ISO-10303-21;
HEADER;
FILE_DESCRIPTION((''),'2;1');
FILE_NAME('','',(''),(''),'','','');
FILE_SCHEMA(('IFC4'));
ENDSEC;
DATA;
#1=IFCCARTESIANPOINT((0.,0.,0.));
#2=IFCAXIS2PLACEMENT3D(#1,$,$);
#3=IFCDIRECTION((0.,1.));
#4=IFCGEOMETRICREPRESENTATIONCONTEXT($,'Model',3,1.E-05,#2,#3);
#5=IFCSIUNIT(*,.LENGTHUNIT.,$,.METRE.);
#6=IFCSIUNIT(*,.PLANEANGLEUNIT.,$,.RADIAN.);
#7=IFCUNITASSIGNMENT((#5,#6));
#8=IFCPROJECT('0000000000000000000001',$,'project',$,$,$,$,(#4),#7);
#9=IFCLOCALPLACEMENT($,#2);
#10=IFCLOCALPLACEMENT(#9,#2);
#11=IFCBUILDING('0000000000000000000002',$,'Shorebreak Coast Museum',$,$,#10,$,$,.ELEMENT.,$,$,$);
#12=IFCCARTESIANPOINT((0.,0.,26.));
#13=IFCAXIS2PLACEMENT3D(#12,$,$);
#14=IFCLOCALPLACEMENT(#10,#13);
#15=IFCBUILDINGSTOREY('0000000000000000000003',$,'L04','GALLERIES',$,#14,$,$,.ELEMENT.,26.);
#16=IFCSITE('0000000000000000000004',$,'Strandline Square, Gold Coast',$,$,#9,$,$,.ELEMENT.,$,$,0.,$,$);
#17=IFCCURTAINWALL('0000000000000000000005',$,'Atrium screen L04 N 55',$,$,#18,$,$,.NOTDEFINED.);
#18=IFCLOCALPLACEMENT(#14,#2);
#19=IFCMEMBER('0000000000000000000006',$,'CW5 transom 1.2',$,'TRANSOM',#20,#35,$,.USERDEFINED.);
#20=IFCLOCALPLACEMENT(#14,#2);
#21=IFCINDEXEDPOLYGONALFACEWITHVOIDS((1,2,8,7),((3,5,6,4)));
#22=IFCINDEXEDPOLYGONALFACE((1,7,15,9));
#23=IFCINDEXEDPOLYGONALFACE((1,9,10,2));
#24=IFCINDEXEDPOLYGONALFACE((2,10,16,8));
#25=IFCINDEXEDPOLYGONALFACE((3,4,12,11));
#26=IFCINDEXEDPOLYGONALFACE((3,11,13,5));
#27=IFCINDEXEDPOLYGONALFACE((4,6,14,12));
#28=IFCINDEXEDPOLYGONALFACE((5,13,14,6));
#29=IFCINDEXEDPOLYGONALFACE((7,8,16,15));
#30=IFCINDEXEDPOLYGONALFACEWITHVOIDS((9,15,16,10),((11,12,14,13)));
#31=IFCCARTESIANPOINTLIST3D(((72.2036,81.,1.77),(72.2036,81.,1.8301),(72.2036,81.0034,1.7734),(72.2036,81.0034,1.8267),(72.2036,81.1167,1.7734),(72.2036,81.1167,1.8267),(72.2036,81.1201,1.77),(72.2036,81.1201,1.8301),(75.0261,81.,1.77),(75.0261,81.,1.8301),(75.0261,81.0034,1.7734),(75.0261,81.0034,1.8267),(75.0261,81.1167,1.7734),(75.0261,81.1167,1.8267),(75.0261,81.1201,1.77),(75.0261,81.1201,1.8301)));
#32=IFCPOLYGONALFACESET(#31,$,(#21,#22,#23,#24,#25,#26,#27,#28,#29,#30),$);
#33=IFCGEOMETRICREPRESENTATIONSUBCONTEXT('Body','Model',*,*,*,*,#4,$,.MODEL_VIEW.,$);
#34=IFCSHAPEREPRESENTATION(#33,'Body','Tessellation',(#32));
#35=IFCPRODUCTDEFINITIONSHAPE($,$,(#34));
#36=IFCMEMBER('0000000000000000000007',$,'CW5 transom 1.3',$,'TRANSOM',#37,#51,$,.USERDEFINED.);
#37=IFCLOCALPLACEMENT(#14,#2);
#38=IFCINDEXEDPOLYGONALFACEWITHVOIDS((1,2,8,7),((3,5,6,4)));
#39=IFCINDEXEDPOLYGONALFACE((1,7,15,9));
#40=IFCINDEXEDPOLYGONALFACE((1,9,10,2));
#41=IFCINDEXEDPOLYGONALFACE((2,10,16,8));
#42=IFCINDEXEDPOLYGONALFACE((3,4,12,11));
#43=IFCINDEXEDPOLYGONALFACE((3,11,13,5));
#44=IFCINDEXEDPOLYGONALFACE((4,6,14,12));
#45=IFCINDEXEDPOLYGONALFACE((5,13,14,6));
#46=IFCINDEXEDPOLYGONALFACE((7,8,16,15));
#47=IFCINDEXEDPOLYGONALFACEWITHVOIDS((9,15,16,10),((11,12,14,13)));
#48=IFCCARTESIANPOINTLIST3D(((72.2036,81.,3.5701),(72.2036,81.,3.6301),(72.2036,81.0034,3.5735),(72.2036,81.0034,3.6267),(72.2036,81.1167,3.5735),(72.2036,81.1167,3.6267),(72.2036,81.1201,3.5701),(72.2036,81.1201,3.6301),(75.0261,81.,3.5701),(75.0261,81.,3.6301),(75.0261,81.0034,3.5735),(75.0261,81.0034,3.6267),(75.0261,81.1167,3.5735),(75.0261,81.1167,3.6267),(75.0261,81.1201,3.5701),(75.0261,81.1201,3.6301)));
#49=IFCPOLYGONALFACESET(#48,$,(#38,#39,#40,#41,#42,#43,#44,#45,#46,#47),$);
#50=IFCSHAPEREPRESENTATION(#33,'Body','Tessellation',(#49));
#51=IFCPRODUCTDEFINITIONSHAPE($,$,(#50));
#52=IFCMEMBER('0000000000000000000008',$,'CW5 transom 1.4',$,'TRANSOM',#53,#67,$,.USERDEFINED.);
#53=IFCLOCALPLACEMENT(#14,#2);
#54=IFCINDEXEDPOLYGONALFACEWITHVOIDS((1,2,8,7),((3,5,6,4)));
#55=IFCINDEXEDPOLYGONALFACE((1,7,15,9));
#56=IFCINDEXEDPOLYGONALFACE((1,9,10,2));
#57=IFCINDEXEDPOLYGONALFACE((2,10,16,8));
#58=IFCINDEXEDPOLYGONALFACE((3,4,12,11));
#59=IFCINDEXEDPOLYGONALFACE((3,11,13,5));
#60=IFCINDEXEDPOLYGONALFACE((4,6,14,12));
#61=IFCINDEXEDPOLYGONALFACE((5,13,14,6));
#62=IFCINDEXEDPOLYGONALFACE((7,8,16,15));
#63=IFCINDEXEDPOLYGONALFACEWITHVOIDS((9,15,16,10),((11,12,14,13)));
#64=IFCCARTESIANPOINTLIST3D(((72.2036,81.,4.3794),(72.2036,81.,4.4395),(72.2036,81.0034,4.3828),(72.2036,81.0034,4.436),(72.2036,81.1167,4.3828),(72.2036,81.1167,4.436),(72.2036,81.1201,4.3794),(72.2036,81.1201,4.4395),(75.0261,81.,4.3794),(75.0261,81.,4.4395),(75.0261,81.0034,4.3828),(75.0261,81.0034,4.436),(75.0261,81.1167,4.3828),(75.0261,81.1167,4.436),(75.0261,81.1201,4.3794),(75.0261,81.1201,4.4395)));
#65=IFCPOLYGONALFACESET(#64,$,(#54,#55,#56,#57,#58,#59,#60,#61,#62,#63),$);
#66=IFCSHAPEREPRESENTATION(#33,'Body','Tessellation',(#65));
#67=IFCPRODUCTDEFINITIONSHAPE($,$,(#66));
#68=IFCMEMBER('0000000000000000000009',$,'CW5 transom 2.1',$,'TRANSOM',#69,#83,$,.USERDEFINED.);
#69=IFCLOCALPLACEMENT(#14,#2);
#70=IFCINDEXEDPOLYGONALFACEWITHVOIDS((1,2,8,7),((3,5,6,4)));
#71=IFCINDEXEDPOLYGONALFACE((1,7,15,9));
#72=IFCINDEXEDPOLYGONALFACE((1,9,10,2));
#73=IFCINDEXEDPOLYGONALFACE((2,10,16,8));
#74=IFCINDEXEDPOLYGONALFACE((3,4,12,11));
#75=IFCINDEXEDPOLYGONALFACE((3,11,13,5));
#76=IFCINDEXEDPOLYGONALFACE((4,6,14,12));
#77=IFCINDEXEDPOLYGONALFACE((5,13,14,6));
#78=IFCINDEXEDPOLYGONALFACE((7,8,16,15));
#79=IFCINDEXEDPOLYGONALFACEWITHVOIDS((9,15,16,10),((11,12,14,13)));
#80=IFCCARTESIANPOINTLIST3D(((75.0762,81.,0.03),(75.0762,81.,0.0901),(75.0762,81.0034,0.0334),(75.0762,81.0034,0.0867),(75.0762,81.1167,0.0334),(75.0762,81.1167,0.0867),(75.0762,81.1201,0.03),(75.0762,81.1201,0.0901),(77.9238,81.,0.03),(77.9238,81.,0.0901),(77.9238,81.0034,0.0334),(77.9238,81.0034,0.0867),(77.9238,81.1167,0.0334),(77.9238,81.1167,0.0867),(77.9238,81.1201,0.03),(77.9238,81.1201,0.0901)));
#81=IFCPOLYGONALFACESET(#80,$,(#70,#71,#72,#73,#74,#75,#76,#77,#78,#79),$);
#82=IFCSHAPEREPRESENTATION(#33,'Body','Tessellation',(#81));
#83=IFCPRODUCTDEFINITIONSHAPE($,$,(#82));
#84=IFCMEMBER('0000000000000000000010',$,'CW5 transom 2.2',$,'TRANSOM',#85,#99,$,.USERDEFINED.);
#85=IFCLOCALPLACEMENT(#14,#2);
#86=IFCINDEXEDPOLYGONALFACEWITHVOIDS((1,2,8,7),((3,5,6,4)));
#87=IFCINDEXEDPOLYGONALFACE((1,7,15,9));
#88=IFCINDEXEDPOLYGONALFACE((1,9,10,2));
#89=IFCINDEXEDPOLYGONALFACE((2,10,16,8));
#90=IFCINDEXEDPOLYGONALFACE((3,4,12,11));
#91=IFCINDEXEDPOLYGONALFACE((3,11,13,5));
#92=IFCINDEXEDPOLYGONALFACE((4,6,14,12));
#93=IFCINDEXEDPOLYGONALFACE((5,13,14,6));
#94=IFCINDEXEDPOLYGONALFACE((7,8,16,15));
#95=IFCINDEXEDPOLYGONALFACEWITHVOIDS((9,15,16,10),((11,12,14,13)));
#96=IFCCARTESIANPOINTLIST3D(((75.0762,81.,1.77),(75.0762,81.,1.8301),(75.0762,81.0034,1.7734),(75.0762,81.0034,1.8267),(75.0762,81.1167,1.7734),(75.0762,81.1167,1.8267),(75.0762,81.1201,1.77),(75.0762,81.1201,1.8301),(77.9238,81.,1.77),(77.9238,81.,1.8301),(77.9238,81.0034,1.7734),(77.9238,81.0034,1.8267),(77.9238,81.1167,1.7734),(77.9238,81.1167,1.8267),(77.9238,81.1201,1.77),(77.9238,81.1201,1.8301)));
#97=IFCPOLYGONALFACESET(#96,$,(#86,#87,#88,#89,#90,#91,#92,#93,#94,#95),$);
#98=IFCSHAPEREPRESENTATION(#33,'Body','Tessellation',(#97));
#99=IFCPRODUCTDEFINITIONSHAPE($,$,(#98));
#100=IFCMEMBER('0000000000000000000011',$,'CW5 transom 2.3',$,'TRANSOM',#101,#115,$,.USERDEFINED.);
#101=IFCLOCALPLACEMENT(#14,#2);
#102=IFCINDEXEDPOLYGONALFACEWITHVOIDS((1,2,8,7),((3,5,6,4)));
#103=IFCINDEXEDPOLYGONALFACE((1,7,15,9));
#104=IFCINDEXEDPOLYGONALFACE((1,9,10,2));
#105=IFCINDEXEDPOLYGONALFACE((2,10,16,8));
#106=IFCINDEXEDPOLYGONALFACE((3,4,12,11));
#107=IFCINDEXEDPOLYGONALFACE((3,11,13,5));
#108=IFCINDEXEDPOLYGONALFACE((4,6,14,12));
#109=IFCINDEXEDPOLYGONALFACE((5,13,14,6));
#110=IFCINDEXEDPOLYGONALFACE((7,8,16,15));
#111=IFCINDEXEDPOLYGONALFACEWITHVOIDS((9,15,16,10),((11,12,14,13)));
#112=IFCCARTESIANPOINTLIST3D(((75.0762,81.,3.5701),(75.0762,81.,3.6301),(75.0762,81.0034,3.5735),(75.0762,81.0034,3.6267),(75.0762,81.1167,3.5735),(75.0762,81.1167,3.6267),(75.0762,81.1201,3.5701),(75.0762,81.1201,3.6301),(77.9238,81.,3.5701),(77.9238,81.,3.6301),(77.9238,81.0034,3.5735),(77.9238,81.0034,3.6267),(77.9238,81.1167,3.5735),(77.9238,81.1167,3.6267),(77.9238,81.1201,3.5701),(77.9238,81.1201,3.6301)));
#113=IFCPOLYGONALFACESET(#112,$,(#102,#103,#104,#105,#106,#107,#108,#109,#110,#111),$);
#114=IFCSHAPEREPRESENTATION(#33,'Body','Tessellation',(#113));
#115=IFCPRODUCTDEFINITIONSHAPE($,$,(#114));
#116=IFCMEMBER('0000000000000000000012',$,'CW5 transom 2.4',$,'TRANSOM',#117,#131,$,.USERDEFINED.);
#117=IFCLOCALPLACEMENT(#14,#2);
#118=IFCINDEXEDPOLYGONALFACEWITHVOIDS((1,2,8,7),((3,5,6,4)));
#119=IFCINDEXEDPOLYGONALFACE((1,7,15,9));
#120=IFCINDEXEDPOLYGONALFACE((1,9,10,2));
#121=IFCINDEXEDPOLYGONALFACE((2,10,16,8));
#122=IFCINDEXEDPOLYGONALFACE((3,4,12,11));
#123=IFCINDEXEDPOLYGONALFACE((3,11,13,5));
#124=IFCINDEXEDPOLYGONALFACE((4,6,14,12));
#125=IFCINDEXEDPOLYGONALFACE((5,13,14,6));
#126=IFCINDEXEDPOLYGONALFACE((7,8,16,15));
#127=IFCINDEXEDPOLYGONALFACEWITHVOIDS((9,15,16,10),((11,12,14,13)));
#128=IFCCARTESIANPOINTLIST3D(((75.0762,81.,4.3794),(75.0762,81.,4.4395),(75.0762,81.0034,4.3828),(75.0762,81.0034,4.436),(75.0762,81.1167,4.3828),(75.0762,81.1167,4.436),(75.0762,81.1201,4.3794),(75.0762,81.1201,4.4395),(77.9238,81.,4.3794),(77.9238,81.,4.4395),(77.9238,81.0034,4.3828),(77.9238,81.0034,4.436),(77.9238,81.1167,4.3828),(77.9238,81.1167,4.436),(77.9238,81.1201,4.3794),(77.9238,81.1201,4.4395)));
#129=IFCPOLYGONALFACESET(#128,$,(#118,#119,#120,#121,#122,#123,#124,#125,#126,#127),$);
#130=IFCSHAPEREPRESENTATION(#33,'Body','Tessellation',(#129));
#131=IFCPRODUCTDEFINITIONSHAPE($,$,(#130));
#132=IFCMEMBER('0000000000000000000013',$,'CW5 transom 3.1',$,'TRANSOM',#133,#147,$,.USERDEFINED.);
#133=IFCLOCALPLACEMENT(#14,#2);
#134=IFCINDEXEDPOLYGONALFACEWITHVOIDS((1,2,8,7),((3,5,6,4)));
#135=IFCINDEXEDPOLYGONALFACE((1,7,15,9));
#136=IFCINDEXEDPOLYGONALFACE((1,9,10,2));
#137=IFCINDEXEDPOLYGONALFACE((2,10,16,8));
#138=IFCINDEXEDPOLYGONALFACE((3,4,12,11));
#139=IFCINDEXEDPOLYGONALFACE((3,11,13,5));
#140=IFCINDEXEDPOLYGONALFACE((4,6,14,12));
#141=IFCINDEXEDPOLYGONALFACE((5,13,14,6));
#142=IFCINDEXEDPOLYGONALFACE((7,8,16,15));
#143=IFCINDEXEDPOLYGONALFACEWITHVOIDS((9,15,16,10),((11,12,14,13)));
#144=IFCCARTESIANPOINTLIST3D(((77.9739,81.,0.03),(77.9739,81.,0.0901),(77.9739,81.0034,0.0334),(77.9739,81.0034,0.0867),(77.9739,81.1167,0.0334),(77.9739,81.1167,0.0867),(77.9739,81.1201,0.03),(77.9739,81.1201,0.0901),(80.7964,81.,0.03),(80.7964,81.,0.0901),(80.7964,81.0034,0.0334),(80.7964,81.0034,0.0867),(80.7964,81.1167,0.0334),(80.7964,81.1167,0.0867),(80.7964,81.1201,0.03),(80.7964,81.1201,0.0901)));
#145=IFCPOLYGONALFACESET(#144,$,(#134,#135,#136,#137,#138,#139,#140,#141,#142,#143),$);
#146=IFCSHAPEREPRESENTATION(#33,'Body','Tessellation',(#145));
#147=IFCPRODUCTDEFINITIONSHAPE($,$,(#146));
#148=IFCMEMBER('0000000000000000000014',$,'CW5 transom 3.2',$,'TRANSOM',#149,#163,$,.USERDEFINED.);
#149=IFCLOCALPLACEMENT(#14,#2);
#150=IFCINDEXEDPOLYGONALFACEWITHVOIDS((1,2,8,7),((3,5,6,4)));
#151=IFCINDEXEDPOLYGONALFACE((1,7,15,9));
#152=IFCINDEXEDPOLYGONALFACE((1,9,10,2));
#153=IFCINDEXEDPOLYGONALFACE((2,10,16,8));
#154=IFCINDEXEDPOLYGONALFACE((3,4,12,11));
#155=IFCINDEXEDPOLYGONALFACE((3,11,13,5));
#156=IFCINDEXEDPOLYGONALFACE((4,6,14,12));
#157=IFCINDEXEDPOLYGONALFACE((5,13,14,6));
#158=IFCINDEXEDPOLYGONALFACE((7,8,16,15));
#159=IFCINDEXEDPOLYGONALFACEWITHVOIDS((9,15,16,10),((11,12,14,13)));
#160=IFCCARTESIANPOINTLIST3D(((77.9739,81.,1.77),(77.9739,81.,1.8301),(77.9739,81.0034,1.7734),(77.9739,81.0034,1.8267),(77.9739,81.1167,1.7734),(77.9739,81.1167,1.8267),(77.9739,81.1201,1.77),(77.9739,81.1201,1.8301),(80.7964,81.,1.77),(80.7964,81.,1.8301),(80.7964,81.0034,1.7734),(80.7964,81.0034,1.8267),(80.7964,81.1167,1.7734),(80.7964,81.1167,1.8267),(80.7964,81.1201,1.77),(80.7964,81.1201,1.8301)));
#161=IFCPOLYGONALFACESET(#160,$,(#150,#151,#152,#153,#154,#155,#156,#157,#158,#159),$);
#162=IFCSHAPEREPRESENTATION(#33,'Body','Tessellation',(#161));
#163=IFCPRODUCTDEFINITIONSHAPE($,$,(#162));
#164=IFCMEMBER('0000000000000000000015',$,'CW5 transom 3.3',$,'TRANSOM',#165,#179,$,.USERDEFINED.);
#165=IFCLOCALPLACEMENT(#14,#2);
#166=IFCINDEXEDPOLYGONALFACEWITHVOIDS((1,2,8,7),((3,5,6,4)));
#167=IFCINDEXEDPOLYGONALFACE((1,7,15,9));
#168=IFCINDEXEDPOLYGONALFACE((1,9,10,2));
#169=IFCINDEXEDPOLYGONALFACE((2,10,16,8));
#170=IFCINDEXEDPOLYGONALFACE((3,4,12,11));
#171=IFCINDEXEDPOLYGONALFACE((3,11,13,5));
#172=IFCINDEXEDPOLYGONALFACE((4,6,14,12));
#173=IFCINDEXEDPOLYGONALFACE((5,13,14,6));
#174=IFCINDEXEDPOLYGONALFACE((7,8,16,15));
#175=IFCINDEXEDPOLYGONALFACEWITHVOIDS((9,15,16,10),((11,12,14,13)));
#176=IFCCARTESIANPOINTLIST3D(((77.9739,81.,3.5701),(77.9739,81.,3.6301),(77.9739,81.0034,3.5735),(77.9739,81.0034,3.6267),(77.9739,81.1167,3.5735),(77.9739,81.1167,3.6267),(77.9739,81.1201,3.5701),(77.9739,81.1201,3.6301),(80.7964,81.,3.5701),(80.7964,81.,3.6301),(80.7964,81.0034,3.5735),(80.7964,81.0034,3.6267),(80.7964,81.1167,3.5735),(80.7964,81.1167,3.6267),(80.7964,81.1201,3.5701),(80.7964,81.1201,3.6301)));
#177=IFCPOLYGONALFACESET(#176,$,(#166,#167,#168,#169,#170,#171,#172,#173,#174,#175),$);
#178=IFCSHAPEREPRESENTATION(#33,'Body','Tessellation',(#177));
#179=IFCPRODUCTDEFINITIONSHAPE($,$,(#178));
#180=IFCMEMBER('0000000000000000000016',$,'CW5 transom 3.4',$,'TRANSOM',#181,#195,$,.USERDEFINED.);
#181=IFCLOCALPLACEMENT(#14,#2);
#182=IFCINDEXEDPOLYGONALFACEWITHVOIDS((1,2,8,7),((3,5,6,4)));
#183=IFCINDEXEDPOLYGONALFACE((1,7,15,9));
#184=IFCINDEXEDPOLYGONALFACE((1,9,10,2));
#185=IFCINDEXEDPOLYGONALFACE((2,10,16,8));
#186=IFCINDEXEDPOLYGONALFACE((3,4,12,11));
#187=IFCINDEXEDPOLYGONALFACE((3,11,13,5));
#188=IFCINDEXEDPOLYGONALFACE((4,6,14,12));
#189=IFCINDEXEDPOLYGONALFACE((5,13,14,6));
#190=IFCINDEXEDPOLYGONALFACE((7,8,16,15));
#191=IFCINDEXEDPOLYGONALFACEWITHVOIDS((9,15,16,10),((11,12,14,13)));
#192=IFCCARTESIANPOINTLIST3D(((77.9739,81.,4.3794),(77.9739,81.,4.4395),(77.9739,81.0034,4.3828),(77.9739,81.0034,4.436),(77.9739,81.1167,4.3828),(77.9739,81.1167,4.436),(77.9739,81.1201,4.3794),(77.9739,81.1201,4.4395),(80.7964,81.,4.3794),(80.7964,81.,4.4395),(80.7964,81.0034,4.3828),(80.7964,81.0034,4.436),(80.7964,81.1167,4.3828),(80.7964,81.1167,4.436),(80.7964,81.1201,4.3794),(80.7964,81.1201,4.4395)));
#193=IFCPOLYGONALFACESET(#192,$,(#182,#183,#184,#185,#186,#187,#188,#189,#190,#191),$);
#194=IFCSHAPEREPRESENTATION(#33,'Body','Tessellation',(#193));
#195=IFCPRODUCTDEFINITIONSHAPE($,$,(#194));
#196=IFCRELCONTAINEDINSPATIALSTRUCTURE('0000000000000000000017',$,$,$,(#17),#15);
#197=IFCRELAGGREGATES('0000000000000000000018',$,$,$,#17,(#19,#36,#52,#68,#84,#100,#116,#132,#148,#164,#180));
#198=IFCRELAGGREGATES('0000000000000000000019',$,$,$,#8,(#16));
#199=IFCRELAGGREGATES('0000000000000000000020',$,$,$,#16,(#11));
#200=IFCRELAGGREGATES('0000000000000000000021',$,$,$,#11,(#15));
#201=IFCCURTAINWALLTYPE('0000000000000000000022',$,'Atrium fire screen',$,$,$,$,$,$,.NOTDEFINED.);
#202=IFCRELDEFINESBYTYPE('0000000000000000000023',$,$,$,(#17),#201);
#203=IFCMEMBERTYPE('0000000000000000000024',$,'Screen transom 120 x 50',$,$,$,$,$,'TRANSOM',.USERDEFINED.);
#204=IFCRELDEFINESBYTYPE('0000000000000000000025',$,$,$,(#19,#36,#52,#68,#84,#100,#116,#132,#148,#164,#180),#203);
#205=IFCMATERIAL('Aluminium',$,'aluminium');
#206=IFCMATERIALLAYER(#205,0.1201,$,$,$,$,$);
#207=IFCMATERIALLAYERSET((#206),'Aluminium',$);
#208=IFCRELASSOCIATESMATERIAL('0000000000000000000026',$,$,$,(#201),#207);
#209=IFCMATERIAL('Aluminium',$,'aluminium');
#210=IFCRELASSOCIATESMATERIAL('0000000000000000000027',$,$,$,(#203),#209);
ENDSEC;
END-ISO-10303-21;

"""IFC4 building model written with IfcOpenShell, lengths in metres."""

from ifc_helpers import new_model, si_unit, direction, frame, origin, origin_2d, place, context, subcontext, project, spatial, hollow_rectangle, extrude, material, layer, layer_set, material_profile, profile_set, type_object, element, aggregate, save


model = new_model("IFC4")

# Units and contexts
model_context = context("Model", 3, precision=1e-05, world=origin(), true_north=direction((0.0, 1.0)))
body_context = subcontext(model_context, "Body", "Model", "MODEL_VIEW")
ifc_project = project(units=[si_unit("LENGTHUNIT", "METRE"), si_unit("PLANEANGLEUNIT", "RADIAN")], contexts=[model_context])

# Site, building, storey
site_placement = place(None, origin())
site = spatial("IfcSite", under=ifc_project, at=site_placement, Name="Strandline Square, Gold Coast", CompositionType="ELEMENT", RefElevation=0.0)
building_placement = place(site_placement, origin())
building = spatial("IfcBuilding", under=site, at=building_placement, Name="Shorebreak Coast Museum", CompositionType="ELEMENT")
storey_placement = place(building_placement, frame((0.0, 0.0, 26.0)))
storey = spatial("IfcBuildingStorey", under=building, at=storey_placement, Name="L04", Description="GALLERIES", CompositionType="ELEMENT", Elevation=26.0)

# Curtain wall, members
ifc_material_1 = material(Name="Aluminium", Category="aluminium")
ifc_layer_1 = layer(ifc_material_1, 0.1201)
ifc_layer_set_1 = layer_set([ifc_layer_1], Name="Aluminium")
curtain_wall_type = type_object("IfcCurtainWallType", Name="Atrium fire screen", PredefinedType="NOTDEFINED", material=ifc_layer_set_1)
curtain_wall_placement = place(storey_placement, origin())
curtain_wall = element("IfcCurtainWall", 1, at=curtain_wall_placement, inside=storey, type_object=curtain_wall_type, Name="Atrium screen L04 N 55", PredefinedType="NOTDEFINED")
ifc_material_2 = material(Name="Aluminium", Category="aluminium")
ifc_material_profile_1 = material_profile(ifc_material_2, hollow_rectangle(XDim=0.1201, YDim=0.0601, WallThickness=0.0034, at=origin_2d()), Name="AL 60x120 RHS")
ifc_profile_set_1 = profile_set([ifc_material_profile_1], Name="Aluminium")
member_type_1 = type_object("IfcMemberType", Name="Screen transom 120 x 50", ElementType="TRANSOM", PredefinedType="USERDEFINED", material=ifc_profile_set_1)
member_1_placement = place(storey_placement, frame((72.2036, 81.0601, 1.8), z_axis=(1.0, 0.0, 0.0), x_axis=(0.0, 1.0, 0.0)))
member_1 = element("IfcMember", 2, at=member_1_placement, type_object=member_type_1, Name="CW5 transom 1.2", ObjectType="TRANSOM", PredefinedType="USERDEFINED", context=body_context, shape_type="SweptSolid", body=[
    extrude(hollow_rectangle(XDim=0.1201, YDim=0.0601, WallThickness=0.0034, at=origin_2d()), origin(), (0.0, 0.0, 1.0), 2.8225),
])
member_2_placement = place(storey_placement, frame((72.2036, 81.0601, 3.6001), z_axis=(1.0, 0.0, 0.0), x_axis=(0.0, 1.0, 0.0)))
member_2 = element("IfcMember", 3, at=member_2_placement, type_object=member_type_1, Name="CW5 transom 1.3", ObjectType="TRANSOM", PredefinedType="USERDEFINED", context=body_context, shape_type="SweptSolid", body=[
    extrude(hollow_rectangle(XDim=0.1201, YDim=0.0601, WallThickness=0.0034, at=origin_2d()), origin(), (0.0, 0.0, 1.0), 2.8225),
])
member_3_placement = place(storey_placement, frame((72.2036, 81.0601, 4.4094), z_axis=(1.0, 0.0, 0.0), x_axis=(0.0, 1.0, 0.0)))
member_3 = element("IfcMember", 4, at=member_3_placement, type_object=member_type_1, Name="CW5 transom 1.4", ObjectType="TRANSOM", PredefinedType="USERDEFINED", context=body_context, shape_type="SweptSolid", body=[
    extrude(hollow_rectangle(XDim=0.1201, YDim=0.0601, WallThickness=0.0034, at=origin_2d()), origin(), (0.0, 0.0, 1.0), 2.8225),
])
member_4_placement = place(storey_placement, frame((75.0762, 81.0601, 0.0601), z_axis=(1.0, 0.0, 0.0), x_axis=(0.0, 1.0, 0.0)))
member_4 = element("IfcMember", 5, at=member_4_placement, type_object=member_type_1, Name="CW5 transom 2.1", ObjectType="TRANSOM", PredefinedType="USERDEFINED", context=body_context, shape_type="SweptSolid", body=[
    extrude(hollow_rectangle(XDim=0.1201, YDim=0.0601, WallThickness=0.0034, at=origin_2d()), origin(), (0.0, 0.0, 1.0), 2.8477),
])
member_5_placement = place(storey_placement, frame((75.0762, 81.0601, 1.8), z_axis=(1.0, 0.0, 0.0), x_axis=(0.0, 1.0, 0.0)))
member_5 = element("IfcMember", 6, at=member_5_placement, type_object=member_type_1, Name="CW5 transom 2.2", ObjectType="TRANSOM", PredefinedType="USERDEFINED", context=body_context, shape_type="SweptSolid", body=[
    extrude(hollow_rectangle(XDim=0.1201, YDim=0.0601, WallThickness=0.0034, at=origin_2d()), origin(), (0.0, 0.0, 1.0), 2.8477),
])
member_6_placement = place(storey_placement, frame((75.0762, 81.0601, 3.6001), z_axis=(1.0, 0.0, 0.0), x_axis=(0.0, 1.0, 0.0)))
member_6 = element("IfcMember", 7, at=member_6_placement, type_object=member_type_1, Name="CW5 transom 2.3", ObjectType="TRANSOM", PredefinedType="USERDEFINED", context=body_context, shape_type="SweptSolid", body=[
    extrude(hollow_rectangle(XDim=0.1201, YDim=0.0601, WallThickness=0.0034, at=origin_2d()), origin(), (0.0, 0.0, 1.0), 2.8477),
])
member_7_placement = place(storey_placement, frame((75.0762, 81.0601, 4.4094), z_axis=(1.0, 0.0, 0.0), x_axis=(0.0, 1.0, 0.0)))
member_7 = element("IfcMember", 8, at=member_7_placement, type_object=member_type_1, Name="CW5 transom 2.4", ObjectType="TRANSOM", PredefinedType="USERDEFINED", context=body_context, shape_type="SweptSolid", body=[
    extrude(hollow_rectangle(XDim=0.1201, YDim=0.0601, WallThickness=0.0034, at=origin_2d()), origin(), (0.0, 0.0, 1.0), 2.8477),
])
member_8_placement = place(storey_placement, frame((77.9739, 81.0601, 0.0601), z_axis=(1.0, 0.0, 0.0), x_axis=(0.0, 1.0, 0.0)))
member_8 = element("IfcMember", 9, at=member_8_placement, type_object=member_type_1, Name="CW5 transom 3.1", ObjectType="TRANSOM", PredefinedType="USERDEFINED", context=body_context, shape_type="SweptSolid", body=[
    extrude(hollow_rectangle(XDim=0.1201, YDim=0.0601, WallThickness=0.0034, at=origin_2d()), origin(), (0.0, 0.0, 1.0), 2.8225),
])
member_9_placement = place(storey_placement, frame((77.9739, 81.0601, 1.8), z_axis=(1.0, 0.0, 0.0), x_axis=(0.0, 1.0, 0.0)))
member_9 = element("IfcMember", 10, at=member_9_placement, type_object=member_type_1, Name="CW5 transom 3.2", ObjectType="TRANSOM", PredefinedType="USERDEFINED", context=body_context, shape_type="SweptSolid", body=[
    extrude(hollow_rectangle(XDim=0.1201, YDim=0.0601, WallThickness=0.0034, at=origin_2d()), origin(), (0.0, 0.0, 1.0), 2.8225),
])
member_10_placement = place(storey_placement, frame((77.9739, 81.0601, 3.6001), z_axis=(1.0, 0.0, 0.0), x_axis=(0.0, 1.0, 0.0)))
member_10 = element("IfcMember", 11, at=member_10_placement, type_object=member_type_1, Name="CW5 transom 3.3", ObjectType="TRANSOM", PredefinedType="USERDEFINED", context=body_context, shape_type="SweptSolid", body=[
    extrude(hollow_rectangle(XDim=0.1201, YDim=0.0601, WallThickness=0.0034, at=origin_2d()), origin(), (0.0, 0.0, 1.0), 2.8225),
])
member_11_placement = place(storey_placement, frame((77.9739, 81.0601, 4.4094), z_axis=(1.0, 0.0, 0.0), x_axis=(0.0, 1.0, 0.0)))
member_11 = element("IfcMember", 12, at=member_11_placement, type_object=member_type_1, Name="CW5 transom 3.4", ObjectType="TRANSOM", PredefinedType="USERDEFINED", context=body_context, shape_type="SweptSolid", body=[
    extrude(hollow_rectangle(XDim=0.1201, YDim=0.0601, WallThickness=0.0034, at=origin_2d()), origin(), (0.0, 0.0, 1.0), 2.8225),
])
aggregate(curtain_wall, [member_1, member_2, member_3, member_4, member_5, member_6, member_7, member_8, member_9, member_10, member_11])

save(model, "model.ifc")
